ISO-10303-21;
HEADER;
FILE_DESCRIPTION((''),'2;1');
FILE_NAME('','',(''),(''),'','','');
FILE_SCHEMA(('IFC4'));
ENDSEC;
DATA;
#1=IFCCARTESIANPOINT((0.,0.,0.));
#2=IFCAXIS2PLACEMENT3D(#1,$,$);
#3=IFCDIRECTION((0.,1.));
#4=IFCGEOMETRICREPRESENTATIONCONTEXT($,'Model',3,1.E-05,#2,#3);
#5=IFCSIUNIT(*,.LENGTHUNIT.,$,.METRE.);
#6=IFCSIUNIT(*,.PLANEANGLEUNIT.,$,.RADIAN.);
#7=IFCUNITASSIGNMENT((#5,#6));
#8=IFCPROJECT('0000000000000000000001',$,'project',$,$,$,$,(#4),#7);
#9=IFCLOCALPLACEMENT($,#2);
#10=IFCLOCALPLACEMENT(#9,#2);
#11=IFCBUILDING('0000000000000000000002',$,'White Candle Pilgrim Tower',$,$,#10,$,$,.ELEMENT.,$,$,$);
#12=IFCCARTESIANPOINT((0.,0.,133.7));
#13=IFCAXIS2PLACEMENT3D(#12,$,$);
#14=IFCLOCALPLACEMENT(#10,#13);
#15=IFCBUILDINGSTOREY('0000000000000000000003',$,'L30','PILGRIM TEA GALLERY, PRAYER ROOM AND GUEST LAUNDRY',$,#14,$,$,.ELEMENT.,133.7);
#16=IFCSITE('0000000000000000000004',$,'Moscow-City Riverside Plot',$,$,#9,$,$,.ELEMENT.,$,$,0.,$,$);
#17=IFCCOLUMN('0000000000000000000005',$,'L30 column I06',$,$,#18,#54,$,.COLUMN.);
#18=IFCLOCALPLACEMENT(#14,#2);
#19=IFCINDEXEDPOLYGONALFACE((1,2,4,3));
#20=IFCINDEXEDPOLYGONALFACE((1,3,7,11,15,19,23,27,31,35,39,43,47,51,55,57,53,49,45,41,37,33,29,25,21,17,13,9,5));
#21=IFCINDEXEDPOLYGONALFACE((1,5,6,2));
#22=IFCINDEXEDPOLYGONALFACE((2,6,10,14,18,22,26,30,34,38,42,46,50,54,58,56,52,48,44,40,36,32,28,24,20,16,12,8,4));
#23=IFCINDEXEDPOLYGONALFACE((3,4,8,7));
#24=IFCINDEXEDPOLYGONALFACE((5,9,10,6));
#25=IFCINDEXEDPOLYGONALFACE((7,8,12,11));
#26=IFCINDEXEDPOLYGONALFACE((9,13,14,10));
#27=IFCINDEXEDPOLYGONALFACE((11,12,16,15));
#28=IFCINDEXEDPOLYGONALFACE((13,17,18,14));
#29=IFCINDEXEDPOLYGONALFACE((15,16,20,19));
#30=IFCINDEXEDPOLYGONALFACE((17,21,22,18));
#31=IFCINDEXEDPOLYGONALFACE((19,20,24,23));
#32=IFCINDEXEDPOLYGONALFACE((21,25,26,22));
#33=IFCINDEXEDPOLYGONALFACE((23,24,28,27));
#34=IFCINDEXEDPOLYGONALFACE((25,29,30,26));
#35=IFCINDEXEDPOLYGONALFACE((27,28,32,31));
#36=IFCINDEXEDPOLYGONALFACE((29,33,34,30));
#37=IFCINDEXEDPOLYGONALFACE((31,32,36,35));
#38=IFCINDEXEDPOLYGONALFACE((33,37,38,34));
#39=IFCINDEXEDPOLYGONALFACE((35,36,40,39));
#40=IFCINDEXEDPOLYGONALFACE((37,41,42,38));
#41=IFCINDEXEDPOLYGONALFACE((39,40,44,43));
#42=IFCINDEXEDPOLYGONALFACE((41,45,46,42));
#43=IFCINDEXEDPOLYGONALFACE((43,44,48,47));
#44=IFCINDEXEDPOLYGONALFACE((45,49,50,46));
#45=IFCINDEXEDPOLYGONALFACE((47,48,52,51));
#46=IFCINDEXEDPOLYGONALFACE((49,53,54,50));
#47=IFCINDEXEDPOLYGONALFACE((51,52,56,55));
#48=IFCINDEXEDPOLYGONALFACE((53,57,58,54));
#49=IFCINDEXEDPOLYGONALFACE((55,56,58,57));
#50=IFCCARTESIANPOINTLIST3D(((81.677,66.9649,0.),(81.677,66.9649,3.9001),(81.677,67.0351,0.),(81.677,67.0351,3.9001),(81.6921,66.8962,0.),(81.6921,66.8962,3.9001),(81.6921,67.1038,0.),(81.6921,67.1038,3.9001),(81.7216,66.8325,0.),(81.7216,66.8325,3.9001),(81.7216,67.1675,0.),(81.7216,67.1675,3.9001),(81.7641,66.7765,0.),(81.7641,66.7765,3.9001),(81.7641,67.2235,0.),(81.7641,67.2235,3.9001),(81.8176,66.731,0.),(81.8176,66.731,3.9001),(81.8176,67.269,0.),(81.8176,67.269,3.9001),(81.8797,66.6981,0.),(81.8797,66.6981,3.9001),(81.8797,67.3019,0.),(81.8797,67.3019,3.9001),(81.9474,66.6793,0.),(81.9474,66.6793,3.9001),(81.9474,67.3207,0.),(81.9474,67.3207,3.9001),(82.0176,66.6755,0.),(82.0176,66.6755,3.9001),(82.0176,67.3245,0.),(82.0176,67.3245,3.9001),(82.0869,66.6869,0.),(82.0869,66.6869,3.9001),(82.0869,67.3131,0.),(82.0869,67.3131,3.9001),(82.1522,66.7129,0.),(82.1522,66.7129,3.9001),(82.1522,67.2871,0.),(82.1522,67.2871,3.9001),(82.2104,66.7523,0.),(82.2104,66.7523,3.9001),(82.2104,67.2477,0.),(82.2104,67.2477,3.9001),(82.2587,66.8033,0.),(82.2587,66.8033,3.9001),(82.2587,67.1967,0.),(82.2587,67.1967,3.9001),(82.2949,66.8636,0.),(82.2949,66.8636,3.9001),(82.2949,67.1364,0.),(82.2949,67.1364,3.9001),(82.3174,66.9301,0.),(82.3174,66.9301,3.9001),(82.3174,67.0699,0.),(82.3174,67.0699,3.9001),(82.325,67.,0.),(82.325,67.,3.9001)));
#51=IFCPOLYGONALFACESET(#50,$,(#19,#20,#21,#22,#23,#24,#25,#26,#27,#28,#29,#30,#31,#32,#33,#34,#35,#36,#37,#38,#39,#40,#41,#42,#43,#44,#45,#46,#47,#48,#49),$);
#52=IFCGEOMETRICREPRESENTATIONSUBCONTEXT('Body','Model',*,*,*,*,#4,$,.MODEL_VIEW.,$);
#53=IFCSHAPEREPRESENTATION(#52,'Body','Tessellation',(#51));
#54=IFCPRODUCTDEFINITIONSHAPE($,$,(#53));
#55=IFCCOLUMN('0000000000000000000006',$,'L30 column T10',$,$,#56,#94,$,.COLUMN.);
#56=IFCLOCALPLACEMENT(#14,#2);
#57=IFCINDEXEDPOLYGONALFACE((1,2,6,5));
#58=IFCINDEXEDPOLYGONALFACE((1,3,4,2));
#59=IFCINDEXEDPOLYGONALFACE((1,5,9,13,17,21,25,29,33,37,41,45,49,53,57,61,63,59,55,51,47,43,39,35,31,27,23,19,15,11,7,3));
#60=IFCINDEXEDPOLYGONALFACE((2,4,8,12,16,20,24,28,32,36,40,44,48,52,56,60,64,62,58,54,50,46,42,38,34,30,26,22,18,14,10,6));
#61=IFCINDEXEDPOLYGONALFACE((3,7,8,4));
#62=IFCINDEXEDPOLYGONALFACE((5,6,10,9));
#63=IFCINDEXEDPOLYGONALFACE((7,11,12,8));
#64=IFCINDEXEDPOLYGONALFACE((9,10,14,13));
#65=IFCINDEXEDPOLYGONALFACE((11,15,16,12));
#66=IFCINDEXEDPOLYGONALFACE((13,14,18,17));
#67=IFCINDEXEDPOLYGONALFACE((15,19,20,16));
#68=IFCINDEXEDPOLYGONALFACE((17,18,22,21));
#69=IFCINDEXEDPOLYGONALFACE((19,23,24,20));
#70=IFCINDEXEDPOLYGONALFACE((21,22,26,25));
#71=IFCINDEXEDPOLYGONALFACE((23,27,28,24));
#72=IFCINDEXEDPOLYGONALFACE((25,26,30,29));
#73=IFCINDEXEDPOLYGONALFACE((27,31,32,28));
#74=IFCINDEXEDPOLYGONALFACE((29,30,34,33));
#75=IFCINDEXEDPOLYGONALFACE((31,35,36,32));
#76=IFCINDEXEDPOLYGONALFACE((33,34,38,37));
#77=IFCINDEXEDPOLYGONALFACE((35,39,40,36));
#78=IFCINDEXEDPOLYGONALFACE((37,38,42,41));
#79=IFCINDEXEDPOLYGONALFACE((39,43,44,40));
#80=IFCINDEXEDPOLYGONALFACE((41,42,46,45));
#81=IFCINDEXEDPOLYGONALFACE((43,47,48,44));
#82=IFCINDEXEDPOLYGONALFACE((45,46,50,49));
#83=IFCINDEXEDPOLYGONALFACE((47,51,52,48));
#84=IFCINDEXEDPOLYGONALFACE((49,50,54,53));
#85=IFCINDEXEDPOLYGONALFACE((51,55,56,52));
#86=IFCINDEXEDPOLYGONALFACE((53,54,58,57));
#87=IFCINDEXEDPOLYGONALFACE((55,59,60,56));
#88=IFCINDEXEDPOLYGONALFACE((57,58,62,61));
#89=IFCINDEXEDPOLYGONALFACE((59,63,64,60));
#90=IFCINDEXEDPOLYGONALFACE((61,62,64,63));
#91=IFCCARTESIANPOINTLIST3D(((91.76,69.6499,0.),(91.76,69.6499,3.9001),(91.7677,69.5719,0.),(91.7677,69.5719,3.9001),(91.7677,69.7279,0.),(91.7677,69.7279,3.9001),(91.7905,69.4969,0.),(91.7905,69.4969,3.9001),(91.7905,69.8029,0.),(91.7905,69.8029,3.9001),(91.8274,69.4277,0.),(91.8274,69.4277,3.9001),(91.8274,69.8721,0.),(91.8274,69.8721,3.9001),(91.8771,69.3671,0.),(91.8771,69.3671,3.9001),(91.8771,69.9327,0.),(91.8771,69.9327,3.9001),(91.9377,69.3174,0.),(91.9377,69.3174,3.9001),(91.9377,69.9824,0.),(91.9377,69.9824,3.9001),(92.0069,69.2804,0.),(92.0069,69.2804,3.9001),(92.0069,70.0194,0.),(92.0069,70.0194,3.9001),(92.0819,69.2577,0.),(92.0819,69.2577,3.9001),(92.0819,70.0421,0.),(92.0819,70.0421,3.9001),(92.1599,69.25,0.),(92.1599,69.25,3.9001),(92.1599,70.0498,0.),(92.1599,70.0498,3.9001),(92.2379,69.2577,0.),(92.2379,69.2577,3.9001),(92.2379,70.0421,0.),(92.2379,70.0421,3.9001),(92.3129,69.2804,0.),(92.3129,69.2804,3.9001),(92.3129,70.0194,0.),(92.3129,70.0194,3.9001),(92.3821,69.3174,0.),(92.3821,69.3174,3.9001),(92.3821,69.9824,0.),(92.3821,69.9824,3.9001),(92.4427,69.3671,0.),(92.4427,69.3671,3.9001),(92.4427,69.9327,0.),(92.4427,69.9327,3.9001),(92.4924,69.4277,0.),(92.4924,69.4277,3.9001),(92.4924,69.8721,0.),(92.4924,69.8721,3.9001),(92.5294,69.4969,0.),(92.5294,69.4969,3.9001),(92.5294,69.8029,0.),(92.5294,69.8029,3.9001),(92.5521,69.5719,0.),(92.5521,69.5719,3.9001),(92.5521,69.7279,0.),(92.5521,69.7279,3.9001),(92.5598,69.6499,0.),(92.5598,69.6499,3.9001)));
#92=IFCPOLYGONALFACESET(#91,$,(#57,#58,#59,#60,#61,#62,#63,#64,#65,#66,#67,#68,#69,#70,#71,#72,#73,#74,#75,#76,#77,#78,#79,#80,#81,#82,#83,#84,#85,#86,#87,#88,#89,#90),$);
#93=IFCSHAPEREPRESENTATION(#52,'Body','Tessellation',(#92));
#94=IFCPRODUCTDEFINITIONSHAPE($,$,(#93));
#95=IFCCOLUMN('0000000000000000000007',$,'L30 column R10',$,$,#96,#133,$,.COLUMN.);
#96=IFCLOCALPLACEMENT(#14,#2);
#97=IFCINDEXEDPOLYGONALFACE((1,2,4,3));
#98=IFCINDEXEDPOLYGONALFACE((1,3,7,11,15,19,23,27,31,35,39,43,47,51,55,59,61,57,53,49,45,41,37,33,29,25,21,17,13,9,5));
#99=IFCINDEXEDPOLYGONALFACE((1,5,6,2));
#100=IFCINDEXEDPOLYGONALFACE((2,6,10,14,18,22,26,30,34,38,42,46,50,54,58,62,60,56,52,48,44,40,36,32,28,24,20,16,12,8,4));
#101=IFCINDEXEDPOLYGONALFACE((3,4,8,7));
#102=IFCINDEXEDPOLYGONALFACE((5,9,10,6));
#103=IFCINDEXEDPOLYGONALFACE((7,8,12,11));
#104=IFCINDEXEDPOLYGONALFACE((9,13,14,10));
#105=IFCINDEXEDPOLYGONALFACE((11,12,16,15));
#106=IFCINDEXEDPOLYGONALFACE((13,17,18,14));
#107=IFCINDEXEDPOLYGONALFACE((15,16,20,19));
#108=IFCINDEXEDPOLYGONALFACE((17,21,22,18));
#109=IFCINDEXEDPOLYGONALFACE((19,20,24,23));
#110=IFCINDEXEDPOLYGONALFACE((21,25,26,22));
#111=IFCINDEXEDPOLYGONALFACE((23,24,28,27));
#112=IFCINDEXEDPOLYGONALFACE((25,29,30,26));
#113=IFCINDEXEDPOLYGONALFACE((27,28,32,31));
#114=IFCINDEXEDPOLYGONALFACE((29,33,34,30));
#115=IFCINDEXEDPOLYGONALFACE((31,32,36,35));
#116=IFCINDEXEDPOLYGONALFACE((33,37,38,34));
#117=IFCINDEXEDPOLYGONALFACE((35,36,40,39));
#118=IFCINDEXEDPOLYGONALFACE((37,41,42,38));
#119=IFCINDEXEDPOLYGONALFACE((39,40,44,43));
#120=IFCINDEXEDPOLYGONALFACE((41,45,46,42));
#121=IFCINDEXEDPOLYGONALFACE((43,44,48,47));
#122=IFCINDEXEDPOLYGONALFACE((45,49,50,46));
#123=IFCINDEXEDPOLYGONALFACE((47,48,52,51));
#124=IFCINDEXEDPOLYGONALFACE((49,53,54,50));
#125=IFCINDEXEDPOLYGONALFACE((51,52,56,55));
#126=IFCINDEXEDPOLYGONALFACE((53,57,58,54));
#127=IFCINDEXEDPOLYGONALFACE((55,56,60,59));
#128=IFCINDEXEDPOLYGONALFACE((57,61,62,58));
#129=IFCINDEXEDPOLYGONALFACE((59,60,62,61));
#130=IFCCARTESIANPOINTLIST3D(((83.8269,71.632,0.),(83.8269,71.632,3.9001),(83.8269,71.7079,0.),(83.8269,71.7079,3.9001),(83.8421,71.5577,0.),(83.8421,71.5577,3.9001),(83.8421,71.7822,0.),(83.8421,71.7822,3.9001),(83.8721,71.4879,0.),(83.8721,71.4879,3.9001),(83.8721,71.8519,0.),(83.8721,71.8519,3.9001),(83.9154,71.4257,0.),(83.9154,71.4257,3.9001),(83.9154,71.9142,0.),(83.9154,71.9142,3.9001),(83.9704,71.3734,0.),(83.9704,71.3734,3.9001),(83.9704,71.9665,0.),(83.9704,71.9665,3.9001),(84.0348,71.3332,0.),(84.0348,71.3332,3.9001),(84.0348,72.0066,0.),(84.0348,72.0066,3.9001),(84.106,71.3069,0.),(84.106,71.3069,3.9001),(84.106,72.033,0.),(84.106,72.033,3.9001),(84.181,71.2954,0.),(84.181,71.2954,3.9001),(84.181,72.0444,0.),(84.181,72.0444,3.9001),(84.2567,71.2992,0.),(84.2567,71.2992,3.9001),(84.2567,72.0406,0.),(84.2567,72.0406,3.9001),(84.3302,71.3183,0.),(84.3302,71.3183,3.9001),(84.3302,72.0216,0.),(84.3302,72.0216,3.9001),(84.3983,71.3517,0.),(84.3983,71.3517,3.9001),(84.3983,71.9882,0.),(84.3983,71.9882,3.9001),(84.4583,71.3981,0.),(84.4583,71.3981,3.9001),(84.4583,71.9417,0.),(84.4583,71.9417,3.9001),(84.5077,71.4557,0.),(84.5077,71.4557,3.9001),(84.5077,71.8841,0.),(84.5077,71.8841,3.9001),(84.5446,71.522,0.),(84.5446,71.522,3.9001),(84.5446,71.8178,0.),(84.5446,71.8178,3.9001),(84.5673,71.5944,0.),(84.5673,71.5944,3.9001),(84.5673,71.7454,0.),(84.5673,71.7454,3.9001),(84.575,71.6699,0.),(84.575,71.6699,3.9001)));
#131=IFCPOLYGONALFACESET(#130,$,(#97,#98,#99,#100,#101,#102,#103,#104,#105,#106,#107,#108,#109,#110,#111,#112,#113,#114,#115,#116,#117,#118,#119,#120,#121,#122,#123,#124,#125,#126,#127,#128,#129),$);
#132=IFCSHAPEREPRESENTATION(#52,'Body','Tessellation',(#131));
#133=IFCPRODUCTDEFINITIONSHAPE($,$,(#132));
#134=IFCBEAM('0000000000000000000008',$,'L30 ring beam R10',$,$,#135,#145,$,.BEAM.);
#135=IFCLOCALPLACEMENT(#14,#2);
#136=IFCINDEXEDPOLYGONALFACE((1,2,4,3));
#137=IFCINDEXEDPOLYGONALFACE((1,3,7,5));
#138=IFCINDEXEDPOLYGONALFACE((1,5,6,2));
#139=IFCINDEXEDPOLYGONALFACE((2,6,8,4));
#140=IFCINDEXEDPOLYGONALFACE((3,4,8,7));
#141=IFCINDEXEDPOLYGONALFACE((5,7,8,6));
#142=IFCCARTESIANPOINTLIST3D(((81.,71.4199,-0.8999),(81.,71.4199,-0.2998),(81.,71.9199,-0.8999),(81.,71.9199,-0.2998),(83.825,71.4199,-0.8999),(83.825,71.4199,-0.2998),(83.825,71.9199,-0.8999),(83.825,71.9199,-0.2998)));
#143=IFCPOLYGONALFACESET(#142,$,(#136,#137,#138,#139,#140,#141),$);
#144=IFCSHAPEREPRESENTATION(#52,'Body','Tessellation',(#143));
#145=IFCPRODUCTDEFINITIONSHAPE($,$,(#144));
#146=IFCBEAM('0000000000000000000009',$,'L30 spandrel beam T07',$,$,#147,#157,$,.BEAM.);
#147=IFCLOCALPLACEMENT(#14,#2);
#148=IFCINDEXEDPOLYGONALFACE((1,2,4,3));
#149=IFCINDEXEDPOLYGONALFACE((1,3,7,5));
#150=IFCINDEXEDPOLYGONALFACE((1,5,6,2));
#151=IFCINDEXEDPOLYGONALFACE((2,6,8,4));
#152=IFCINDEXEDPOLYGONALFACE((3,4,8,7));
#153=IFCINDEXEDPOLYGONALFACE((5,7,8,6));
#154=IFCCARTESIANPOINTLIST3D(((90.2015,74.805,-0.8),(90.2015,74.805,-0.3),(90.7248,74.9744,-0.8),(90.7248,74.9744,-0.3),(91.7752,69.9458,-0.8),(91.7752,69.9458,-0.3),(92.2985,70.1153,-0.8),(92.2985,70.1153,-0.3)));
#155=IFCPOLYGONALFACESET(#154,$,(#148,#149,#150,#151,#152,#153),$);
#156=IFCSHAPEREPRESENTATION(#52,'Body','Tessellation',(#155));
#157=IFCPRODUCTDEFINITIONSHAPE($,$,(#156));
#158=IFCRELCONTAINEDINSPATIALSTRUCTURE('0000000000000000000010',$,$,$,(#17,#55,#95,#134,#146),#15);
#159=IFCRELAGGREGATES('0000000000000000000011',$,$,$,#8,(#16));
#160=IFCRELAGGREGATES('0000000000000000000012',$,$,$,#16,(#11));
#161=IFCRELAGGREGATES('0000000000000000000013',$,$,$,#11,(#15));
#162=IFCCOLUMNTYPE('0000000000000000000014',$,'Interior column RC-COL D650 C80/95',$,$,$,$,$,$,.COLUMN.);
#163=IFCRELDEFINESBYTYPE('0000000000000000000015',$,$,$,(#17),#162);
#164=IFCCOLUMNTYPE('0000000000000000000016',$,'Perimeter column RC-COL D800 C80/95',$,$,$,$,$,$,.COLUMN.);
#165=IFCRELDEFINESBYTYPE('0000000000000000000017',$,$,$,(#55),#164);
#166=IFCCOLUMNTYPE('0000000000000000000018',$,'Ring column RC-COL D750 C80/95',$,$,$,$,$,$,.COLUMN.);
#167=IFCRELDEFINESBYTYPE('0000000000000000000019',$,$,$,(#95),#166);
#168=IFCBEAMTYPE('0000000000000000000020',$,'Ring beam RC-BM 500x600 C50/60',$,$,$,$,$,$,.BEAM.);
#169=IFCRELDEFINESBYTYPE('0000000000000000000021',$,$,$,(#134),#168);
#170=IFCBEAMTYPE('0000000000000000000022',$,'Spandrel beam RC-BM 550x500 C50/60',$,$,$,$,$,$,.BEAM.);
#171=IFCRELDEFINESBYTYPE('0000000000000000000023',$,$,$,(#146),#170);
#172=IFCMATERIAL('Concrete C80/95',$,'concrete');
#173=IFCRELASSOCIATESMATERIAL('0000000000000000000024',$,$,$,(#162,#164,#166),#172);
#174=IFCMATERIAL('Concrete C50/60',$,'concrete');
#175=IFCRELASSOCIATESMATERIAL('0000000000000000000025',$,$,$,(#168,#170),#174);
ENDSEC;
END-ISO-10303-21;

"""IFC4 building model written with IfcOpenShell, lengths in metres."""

from ifc_helpers import new_model, si_unit, direction, frame, origin, origin_2d, place, context, subcontext, project, spatial, rectangle, circle, extrude, material, material_profile, profile_set, type_object, element, save


model = new_model("IFC4")

# Units and contexts
model_context = context("Model", 3, precision=1e-05, world=origin(), true_north=direction((0.0, 1.0)))
body_context = subcontext(model_context, "Body", "Model", "MODEL_VIEW")
ifc_project = project(units=[si_unit("LENGTHUNIT", "METRE"), si_unit("PLANEANGLEUNIT", "RADIAN")], contexts=[model_context])

# Site, building, storey
site_placement = place(None, origin())
site = spatial("IfcSite", under=ifc_project, at=site_placement, Name="Moscow-City Riverside Plot", CompositionType="ELEMENT", RefElevation=0.0)
building_placement = place(site_placement, origin())
building = spatial("IfcBuilding", under=site, at=building_placement, Name="White Candle Pilgrim Tower", CompositionType="ELEMENT")
storey_placement = place(building_placement, frame((0.0, 0.0, 133.7)))
storey = spatial("IfcBuildingStorey", under=building, at=storey_placement, Name="L30", Description="PILGRIM TEA GALLERY, PRAYER ROOM AND GUEST LAUNDRY", CompositionType="ELEMENT", Elevation=133.7)

# Columns
ifc_material_1 = material(Name="Concrete C80/95", Category="concrete")
ifc_material_profile_1 = material_profile(ifc_material_1, circle(Radius=0.325, at=origin_2d()), Name="RC-COL D650")
ifc_profile_set_1 = profile_set([ifc_material_profile_1], Name="Concrete C80/95")
column_type_1 = type_object("IfcColumnType", Name="Interior column RC-COL D650 C80/95", PredefinedType="COLUMN", material=ifc_profile_set_1)
column_1_placement = place(storey_placement, frame((82.0, 67.0, 0.0), z_axis=(0.0, 0.0, 1.0), x_axis=(1.0, 0.0, 0.0)))
element("IfcColumn", 1, at=column_1_placement, inside=storey, type_object=column_type_1, Name="L30 column I06", PredefinedType="COLUMN", context=body_context, shape_type="SweptSolid", body=[
    extrude(circle(Radius=0.325, at=origin_2d()), origin(), (0.0, 0.0, 1.0), 3.9001),
])
ifc_material_profile_2 = material_profile(ifc_material_1, circle(Radius=0.3999, at=origin_2d()), Name="RC-COL D800")
ifc_profile_set_2 = profile_set([ifc_material_profile_2], Name="Concrete C80/95")
column_type_2 = type_object("IfcColumnType", Name="Perimeter column RC-COL D800 C80/95", PredefinedType="COLUMN", material=ifc_profile_set_2)
column_2_placement = place(storey_placement, frame((92.1599, 69.6499, 0.0), z_axis=(0.0, 0.0, 1.0), x_axis=(1.0, 0.0, 0.0)))
element("IfcColumn", 2, at=column_2_placement, inside=storey, type_object=column_type_2, Name="L30 column T10", PredefinedType="COLUMN", context=body_context, shape_type="SweptSolid", body=[
    extrude(circle(Radius=0.3999, at=origin_2d()), origin(), (0.0, 0.0, 1.0), 3.9001),
])
ifc_material_profile_3 = material_profile(ifc_material_1, circle(Radius=0.375, at=origin_2d()), Name="RC-COL D750")
ifc_profile_set_3 = profile_set([ifc_material_profile_3], Name="Concrete C80/95")
column_type_3 = type_object("IfcColumnType", Name="Ring column RC-COL D750 C80/95", PredefinedType="COLUMN", material=ifc_profile_set_3)
column_3_placement = place(storey_placement, frame((84.2, 71.6699, 0.0), z_axis=(0.0, 0.0, 1.0), x_axis=(1.0, 0.0, 0.0)))
element("IfcColumn", 3, at=column_3_placement, inside=storey, type_object=column_type_3, Name="L30 column R10", PredefinedType="COLUMN", context=body_context, shape_type="SweptSolid", body=[
    extrude(circle(Radius=0.375, at=origin_2d()), origin(), (0.0, 0.0, 1.0), 3.9001),
])

# Beams
ifc_material_2 = material(Name="Concrete C50/60", Category="concrete")
ifc_material_profile_4 = material_profile(ifc_material_2, rectangle(XDim=0.5, YDim=0.6001, at=origin_2d()), Name="RC-BM 500x600")
ifc_profile_set_4 = profile_set([ifc_material_profile_4], Name="Concrete C50/60")
beam_type_1 = type_object("IfcBeamType", Name="Ring beam RC-BM 500x600 C50/60", PredefinedType="BEAM", material=ifc_profile_set_4)
beam_1_placement = place(storey_placement, frame((83.825, 71.6699, -0.5999), z_axis=(-1.0, 0.0, 0.0), x_axis=(0.0, -1.0, 0.0)))
element("IfcBeam", 4, at=beam_1_placement, inside=storey, type_object=beam_type_1, Name="L30 ring beam R10", PredefinedType="BEAM", context=body_context, shape_type="SweptSolid", body=[
    extrude(rectangle(XDim=0.5, YDim=0.6001, at=origin_2d()), origin(), (0.0, 0.0, 1.0), 2.825),
])
ifc_material_profile_5 = material_profile(ifc_material_2, rectangle(XDim=0.55, YDim=0.5, at=origin_2d()), Name="RC-BM 550x500")
ifc_profile_set_5 = profile_set([ifc_material_profile_5], Name="Concrete C50/60")
beam_type_2 = type_object("IfcBeamType", Name="Spandrel beam RC-BM 550x500 C50/60", PredefinedType="BEAM", material=ifc_profile_set_5)
beam_2_placement = place(storey_placement, frame((92.0369, 70.0305, -0.55), z_axis=(-0.308114, 0.951349, 0.0), x_axis=(-0.951349, -0.308114, 0.0)))
element("IfcBeam", 5, at=beam_2_placement, inside=storey, type_object=beam_type_2, Name="L30 spandrel beam T07", PredefinedType="BEAM", context=body_context, shape_type="SweptSolid", body=[
    extrude(rectangle(XDim=0.55, YDim=0.5, at=origin_2d()), origin(), (0.0, 0.0, 1.0), 5.1077),
])

save(model, "model.ifc")
